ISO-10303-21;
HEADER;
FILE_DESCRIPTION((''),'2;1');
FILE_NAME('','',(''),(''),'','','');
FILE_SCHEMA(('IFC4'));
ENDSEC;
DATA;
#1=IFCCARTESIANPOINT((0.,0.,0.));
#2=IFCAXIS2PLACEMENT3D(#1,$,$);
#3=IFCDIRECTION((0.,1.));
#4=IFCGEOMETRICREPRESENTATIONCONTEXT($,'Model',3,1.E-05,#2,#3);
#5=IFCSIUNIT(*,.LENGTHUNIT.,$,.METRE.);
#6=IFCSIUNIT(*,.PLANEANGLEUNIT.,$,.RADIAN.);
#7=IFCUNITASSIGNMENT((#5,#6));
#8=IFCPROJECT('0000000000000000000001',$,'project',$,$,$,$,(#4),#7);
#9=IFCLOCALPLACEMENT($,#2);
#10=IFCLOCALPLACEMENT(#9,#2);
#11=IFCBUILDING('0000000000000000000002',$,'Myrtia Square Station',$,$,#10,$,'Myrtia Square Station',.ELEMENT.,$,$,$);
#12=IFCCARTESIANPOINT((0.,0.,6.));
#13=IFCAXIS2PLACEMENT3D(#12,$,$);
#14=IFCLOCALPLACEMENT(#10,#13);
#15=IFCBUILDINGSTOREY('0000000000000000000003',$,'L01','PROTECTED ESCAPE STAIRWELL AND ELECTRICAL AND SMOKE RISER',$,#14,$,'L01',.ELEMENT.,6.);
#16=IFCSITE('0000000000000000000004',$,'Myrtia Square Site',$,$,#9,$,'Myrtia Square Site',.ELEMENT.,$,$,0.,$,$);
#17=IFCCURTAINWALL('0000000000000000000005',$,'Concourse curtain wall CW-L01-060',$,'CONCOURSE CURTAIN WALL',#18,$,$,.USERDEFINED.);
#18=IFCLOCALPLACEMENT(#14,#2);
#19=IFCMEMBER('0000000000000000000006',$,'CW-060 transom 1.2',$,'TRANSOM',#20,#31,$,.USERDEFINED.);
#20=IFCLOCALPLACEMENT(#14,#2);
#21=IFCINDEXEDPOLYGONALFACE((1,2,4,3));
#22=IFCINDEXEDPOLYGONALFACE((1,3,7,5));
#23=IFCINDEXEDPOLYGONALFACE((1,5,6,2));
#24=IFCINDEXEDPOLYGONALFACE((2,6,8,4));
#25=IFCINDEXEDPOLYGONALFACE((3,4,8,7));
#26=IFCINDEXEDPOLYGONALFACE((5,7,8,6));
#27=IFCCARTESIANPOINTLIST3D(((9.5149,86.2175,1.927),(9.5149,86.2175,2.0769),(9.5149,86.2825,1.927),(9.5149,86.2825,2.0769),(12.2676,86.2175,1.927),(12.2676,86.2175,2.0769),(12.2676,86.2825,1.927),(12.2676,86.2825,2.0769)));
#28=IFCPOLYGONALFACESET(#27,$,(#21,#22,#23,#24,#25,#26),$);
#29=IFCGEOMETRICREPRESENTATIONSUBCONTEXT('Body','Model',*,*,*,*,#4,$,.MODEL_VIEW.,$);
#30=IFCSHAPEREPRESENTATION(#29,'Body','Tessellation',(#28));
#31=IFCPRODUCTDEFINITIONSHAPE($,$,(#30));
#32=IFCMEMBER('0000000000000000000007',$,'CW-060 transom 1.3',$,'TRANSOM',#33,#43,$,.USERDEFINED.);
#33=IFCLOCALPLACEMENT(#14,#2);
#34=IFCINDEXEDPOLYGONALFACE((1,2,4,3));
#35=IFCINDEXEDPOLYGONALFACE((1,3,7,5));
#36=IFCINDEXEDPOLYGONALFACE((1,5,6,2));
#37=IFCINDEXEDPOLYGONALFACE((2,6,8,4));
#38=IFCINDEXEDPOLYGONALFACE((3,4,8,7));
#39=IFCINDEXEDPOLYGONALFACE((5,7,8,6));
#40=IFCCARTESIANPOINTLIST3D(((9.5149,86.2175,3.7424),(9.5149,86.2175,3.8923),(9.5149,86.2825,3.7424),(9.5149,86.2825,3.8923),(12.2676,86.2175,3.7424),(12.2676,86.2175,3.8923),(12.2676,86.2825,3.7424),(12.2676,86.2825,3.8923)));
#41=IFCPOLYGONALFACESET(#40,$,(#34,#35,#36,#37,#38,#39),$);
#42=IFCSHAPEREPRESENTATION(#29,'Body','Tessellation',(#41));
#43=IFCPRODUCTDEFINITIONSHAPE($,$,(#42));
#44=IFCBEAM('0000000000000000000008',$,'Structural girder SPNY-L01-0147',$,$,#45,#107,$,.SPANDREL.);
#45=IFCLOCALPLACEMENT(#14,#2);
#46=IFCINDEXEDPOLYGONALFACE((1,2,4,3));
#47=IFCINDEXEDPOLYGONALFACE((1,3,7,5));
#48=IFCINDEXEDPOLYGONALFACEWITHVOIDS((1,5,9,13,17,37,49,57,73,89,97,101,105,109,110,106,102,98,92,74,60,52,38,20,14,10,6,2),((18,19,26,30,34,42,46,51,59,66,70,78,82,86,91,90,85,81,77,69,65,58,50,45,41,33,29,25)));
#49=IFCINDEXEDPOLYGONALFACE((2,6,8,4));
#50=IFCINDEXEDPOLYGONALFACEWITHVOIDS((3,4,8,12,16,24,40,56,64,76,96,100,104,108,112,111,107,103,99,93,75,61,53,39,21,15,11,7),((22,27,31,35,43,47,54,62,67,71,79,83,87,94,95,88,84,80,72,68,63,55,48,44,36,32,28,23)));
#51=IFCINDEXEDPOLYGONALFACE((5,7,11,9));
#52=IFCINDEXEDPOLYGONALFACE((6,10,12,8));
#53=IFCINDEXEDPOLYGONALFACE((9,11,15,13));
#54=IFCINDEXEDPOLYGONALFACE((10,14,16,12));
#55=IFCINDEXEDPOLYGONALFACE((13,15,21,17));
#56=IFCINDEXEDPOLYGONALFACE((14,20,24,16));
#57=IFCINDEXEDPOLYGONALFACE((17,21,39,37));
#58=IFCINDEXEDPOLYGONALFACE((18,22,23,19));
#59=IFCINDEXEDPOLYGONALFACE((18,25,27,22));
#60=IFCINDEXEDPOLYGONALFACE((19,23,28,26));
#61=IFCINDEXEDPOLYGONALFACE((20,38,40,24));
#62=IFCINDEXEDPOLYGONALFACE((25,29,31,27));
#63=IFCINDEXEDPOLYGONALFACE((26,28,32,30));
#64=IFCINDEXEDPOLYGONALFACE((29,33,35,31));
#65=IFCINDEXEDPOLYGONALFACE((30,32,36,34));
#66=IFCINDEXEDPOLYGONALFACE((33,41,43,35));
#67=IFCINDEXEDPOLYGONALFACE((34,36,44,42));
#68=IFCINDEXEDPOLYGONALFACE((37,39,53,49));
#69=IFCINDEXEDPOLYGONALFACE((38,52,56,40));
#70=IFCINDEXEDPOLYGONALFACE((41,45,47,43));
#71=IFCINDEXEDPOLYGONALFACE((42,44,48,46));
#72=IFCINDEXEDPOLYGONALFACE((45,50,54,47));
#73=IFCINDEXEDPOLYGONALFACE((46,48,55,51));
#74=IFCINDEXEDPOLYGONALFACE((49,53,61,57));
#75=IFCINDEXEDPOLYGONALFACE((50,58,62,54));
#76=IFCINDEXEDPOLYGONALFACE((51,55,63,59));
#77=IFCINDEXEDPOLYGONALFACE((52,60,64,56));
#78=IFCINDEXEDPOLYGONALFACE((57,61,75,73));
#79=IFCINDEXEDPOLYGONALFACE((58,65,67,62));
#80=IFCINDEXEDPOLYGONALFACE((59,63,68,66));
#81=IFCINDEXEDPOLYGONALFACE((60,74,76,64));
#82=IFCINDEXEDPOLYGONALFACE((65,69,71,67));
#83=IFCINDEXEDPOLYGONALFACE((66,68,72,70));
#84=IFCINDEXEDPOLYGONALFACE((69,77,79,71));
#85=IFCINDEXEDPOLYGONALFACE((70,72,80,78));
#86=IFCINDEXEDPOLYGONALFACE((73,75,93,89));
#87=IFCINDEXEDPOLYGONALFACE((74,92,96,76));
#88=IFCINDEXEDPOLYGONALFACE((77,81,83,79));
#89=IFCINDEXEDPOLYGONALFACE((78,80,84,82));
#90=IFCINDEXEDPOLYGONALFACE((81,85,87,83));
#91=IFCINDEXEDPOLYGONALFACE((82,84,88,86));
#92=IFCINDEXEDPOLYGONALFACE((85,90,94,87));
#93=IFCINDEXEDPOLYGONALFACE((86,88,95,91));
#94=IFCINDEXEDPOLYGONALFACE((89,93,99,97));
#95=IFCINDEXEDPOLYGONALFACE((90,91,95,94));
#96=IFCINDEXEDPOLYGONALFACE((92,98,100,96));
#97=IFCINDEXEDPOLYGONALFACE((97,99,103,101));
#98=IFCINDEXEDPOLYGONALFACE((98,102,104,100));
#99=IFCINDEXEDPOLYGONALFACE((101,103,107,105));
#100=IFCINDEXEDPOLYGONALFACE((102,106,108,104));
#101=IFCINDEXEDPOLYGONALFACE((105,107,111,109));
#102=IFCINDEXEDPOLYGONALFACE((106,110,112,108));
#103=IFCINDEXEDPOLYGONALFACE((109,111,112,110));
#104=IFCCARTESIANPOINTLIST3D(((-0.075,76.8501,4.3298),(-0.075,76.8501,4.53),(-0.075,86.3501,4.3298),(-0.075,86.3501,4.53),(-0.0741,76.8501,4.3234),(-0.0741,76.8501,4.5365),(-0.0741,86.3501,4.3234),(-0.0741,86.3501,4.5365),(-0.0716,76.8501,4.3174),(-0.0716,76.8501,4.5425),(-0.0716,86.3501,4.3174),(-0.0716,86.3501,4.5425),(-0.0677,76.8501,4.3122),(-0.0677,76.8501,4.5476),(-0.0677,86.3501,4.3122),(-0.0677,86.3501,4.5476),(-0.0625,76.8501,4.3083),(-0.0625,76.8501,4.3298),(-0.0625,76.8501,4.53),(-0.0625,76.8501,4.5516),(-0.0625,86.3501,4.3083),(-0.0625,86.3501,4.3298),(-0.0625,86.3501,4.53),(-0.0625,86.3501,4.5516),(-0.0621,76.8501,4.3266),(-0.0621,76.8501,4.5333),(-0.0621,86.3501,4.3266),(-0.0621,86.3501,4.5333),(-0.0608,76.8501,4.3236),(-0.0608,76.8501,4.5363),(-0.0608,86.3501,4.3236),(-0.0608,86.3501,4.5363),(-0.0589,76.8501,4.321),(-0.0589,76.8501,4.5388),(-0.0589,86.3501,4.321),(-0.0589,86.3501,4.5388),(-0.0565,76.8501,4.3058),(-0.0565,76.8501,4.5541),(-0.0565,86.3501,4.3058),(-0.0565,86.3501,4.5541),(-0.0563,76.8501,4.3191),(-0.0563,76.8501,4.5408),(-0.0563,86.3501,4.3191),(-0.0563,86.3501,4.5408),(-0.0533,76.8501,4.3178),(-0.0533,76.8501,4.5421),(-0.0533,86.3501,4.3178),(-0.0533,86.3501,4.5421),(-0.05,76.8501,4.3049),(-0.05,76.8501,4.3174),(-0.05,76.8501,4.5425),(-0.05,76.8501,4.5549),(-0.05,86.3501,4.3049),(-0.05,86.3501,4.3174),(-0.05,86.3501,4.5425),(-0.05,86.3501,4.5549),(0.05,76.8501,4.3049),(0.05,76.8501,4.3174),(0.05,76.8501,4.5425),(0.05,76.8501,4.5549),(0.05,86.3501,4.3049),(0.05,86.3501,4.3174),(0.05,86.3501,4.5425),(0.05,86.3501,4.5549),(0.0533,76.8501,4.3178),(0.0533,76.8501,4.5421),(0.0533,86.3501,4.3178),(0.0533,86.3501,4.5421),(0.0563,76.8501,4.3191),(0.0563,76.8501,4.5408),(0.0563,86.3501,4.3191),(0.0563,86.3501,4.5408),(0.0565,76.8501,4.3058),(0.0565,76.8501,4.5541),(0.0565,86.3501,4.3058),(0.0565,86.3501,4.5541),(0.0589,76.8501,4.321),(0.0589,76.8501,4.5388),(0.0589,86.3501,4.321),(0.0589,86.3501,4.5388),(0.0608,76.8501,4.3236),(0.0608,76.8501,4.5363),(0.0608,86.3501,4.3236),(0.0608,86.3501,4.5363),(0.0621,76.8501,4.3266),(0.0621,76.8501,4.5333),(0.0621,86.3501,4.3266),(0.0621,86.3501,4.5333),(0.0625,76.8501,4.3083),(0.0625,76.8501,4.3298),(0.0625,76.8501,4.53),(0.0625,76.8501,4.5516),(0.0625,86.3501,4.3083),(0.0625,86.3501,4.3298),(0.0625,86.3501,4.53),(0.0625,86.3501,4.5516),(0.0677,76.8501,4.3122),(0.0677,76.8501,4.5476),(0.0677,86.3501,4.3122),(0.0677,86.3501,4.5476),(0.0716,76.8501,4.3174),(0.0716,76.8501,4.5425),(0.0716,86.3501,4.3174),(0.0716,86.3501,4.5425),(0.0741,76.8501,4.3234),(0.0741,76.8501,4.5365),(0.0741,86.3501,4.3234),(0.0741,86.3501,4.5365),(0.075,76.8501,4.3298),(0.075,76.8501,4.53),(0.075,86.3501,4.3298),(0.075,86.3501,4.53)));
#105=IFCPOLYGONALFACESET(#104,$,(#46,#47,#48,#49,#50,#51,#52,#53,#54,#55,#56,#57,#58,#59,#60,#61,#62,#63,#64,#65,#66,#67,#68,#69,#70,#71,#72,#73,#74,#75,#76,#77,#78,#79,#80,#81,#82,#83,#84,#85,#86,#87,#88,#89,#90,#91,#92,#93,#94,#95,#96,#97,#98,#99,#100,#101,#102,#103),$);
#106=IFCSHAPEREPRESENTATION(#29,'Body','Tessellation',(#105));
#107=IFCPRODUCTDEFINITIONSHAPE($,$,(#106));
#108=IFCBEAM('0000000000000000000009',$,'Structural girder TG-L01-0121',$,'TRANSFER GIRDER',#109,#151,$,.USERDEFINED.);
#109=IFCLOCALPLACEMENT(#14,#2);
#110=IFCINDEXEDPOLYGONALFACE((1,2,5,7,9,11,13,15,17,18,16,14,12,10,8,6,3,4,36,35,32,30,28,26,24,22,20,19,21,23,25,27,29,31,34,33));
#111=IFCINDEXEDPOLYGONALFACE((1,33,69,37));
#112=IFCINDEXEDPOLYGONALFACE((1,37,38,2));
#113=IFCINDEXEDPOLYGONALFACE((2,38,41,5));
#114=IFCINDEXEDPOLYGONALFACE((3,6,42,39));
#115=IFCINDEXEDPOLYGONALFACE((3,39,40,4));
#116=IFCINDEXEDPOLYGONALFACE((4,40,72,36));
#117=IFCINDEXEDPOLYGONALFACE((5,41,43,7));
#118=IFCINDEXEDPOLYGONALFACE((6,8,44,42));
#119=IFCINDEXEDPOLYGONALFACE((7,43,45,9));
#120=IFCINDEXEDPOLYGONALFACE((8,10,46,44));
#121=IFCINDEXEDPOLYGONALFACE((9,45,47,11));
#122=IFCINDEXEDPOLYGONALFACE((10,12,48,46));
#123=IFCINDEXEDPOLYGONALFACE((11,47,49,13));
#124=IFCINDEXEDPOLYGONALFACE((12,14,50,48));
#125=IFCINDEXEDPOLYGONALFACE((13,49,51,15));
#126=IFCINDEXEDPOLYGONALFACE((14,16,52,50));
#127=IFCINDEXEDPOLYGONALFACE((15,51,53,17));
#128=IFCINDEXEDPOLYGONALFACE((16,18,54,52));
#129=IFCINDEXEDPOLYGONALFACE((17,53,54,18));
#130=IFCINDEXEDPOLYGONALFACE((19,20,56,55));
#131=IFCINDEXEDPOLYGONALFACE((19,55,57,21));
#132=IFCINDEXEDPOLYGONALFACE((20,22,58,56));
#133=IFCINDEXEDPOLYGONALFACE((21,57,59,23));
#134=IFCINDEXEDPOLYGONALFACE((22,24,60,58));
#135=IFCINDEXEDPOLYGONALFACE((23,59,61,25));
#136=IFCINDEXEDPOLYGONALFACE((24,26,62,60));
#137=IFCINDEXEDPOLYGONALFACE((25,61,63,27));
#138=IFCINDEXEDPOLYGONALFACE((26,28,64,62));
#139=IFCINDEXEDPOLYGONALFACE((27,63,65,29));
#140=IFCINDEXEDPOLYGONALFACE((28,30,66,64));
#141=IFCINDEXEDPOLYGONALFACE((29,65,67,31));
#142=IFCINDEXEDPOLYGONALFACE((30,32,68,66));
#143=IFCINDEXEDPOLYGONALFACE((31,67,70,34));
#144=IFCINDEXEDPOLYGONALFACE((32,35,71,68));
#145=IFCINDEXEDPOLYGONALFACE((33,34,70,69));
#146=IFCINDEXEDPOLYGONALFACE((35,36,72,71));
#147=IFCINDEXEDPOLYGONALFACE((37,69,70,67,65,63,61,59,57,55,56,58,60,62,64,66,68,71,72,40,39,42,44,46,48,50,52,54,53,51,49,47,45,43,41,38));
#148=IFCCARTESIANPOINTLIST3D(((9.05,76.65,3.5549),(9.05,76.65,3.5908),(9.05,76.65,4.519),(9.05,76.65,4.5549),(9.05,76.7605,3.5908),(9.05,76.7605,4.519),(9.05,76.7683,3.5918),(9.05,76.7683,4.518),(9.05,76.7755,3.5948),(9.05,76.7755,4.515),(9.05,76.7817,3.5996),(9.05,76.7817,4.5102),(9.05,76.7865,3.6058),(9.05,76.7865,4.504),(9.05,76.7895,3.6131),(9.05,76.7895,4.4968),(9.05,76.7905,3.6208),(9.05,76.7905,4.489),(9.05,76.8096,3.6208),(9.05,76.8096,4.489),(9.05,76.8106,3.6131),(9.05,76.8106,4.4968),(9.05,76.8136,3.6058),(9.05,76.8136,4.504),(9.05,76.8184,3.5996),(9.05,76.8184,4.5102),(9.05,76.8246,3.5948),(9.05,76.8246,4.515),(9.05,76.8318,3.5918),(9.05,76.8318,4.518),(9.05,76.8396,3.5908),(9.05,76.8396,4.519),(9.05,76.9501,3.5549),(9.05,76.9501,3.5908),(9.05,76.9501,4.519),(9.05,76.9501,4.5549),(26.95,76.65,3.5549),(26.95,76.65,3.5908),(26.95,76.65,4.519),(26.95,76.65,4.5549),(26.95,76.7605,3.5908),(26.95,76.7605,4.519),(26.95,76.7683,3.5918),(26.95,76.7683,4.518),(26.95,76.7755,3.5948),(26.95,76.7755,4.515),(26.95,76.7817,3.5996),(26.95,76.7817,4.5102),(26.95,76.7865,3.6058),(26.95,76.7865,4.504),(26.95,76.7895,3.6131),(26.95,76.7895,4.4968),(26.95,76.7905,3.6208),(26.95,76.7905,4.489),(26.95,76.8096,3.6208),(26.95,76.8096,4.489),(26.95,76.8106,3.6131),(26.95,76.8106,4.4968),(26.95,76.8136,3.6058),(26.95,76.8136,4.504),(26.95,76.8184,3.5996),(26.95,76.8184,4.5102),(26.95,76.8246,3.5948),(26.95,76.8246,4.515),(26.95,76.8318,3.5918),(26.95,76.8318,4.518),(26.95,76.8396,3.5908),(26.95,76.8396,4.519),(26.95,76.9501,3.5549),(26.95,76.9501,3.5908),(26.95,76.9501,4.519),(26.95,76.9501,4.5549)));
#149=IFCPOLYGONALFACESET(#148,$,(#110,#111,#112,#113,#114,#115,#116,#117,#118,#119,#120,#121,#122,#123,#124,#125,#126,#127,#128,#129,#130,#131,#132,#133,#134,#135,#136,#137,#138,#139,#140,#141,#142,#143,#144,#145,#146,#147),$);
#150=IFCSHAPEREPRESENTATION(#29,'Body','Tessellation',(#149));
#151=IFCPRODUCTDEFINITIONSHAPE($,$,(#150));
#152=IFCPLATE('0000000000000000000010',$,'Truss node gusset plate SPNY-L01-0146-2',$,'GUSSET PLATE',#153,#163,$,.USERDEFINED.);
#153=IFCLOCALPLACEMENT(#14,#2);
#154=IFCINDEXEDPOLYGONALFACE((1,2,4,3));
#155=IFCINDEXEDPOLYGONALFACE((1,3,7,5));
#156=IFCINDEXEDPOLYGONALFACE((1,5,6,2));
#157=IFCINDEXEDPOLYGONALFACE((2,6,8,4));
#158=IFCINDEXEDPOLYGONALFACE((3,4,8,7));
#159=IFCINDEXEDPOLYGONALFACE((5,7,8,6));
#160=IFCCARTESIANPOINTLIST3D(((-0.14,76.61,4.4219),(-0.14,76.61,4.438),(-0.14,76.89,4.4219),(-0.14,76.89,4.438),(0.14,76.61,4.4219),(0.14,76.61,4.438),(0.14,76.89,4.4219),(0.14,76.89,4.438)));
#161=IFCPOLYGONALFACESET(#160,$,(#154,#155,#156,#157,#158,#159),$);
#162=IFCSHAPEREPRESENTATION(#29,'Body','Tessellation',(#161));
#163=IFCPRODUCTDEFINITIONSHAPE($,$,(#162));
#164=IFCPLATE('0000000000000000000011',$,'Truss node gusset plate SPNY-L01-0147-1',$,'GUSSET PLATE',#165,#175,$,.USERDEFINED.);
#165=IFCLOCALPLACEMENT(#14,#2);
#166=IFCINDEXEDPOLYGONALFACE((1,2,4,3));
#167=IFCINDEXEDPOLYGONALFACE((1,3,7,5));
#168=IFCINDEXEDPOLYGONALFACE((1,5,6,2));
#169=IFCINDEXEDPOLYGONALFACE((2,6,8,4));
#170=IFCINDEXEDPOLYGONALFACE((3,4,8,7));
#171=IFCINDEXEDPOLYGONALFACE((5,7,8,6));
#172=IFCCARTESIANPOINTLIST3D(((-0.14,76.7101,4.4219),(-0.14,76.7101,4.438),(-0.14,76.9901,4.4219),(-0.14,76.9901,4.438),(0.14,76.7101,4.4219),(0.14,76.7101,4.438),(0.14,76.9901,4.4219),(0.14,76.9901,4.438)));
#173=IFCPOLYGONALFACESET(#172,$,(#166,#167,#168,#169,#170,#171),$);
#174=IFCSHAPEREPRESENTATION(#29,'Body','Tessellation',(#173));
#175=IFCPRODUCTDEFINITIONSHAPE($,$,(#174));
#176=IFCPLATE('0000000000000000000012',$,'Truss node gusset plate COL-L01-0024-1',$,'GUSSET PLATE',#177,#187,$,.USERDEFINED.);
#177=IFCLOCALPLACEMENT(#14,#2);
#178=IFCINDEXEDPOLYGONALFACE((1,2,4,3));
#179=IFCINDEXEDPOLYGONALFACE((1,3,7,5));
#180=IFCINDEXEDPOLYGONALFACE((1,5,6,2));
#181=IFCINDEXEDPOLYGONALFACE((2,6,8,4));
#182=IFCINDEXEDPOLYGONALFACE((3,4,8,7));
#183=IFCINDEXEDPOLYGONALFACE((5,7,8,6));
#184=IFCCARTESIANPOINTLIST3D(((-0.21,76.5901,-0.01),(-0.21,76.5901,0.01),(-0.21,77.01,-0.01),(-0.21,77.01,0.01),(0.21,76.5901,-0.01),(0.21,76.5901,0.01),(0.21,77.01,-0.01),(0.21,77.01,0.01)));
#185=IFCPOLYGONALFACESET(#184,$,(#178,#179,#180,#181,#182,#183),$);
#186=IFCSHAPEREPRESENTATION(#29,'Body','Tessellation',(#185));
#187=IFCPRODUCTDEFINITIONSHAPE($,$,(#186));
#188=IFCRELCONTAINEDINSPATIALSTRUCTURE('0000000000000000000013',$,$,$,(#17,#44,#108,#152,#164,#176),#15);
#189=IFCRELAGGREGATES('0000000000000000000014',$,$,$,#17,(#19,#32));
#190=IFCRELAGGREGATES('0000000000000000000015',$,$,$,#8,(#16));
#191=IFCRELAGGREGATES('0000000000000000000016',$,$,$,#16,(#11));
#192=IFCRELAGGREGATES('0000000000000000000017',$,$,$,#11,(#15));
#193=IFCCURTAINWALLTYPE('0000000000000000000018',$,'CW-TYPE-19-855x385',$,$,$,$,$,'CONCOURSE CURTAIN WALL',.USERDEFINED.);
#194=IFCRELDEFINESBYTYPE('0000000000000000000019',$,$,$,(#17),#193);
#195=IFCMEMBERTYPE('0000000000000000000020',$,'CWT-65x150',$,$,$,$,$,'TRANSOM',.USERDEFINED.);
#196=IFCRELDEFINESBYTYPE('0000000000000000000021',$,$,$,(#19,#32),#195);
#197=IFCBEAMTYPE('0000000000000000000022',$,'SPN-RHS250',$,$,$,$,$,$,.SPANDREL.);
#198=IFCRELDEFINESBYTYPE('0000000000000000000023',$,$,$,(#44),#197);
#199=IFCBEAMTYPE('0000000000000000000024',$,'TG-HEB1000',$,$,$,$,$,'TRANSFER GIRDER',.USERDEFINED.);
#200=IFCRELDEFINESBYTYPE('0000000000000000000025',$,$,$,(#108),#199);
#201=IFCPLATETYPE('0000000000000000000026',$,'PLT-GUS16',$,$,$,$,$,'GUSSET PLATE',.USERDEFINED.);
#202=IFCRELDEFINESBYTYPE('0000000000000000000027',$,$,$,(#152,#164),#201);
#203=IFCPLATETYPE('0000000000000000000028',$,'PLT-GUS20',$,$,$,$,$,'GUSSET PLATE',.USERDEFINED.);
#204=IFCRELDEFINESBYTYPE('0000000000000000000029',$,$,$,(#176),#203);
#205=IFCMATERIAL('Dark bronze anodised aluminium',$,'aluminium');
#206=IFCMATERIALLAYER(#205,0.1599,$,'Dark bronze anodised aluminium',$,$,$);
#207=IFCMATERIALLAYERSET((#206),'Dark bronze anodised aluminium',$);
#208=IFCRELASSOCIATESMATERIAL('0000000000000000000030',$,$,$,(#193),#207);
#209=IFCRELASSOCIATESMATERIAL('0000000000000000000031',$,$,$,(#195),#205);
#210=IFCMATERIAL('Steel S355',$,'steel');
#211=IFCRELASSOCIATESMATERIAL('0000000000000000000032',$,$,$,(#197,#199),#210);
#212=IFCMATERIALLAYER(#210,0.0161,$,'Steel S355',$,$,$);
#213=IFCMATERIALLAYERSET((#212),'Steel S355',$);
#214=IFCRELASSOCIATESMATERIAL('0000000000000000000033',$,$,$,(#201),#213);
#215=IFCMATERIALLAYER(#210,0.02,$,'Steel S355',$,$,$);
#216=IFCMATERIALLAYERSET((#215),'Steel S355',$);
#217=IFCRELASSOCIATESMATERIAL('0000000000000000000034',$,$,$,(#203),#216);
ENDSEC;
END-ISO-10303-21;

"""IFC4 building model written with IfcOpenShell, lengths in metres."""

from ifc_helpers import new_model, si_unit, direction, frame, origin, origin_2d, place, context, subcontext, project, spatial, rectangle, hollow_rectangle, i_section, extrude, material, layer, layer_set, material_profile, profile_set, type_object, element, aggregate, save


model = new_model("IFC4")

# Units and contexts
model_context = context("Model", 3, precision=1e-05, world=origin(), true_north=direction((0.0, 1.0)))
body_context = subcontext(model_context, "Body", "Model", "MODEL_VIEW")
ifc_project = project(units=[si_unit("LENGTHUNIT", "METRE"), si_unit("PLANEANGLEUNIT", "RADIAN")], contexts=[model_context])

# Site, building, storey
site_placement = place(None, origin())
site = spatial("IfcSite", under=ifc_project, at=site_placement, Name="Myrtia Square Site", LongName="Myrtia Square Site", CompositionType="ELEMENT", RefElevation=0.0)
building_placement = place(site_placement, origin())
building = spatial("IfcBuilding", under=site, at=building_placement, Name="Myrtia Square Station", LongName="Myrtia Square Station", CompositionType="ELEMENT")
storey_placement = place(building_placement, frame((0.0, 0.0, 6.0)))
storey = spatial("IfcBuildingStorey", under=building, at=storey_placement, Name="L01", Description="PROTECTED ESCAPE STAIRWELL AND ELECTRICAL AND SMOKE RISER", LongName="L01", CompositionType="ELEMENT", Elevation=6.0)

# Shared definitions
ifc_material_1 = material(Name="Steel S355", Category="steel")

# Curtain wall, members
ifc_material_2 = material(Name="Dark bronze anodised aluminium", Category="aluminium")
ifc_layer_1 = layer(ifc_material_2, 0.1599, Name="Dark bronze anodised aluminium")
ifc_layer_set_1 = layer_set([ifc_layer_1], Name="Dark bronze anodised aluminium")
curtain_wall_type = type_object("IfcCurtainWallType", Name="CW-TYPE-19-855x385", ElementType="CONCOURSE CURTAIN WALL", PredefinedType="USERDEFINED", material=ifc_layer_set_1)
curtain_wall_placement = place(storey_placement, origin())
curtain_wall = element("IfcCurtainWall", 1, at=curtain_wall_placement, inside=storey, type_object=curtain_wall_type, Name="Concourse curtain wall CW-L01-060", ObjectType="CONCOURSE CURTAIN WALL", PredefinedType="USERDEFINED")
ifc_material_profile_1 = material_profile(ifc_material_2, rectangle(XDim=0.0649, YDim=0.1499, at=origin_2d()), Name="ALU-T 65x150")
ifc_profile_set_1 = profile_set([ifc_material_profile_1], Name="Dark bronze anodised aluminium")
member_type_1 = type_object("IfcMemberType", Name="CWT-65x150", ElementType="TRANSOM", PredefinedType="USERDEFINED", material=ifc_profile_set_1)
member_1_placement = place(storey_placement, frame((9.5149, 86.25, 2.002), z_axis=(1.0, 0.0, 0.0), x_axis=(0.0, 1.0, 0.0)))
member_1 = element("IfcMember", 2, at=member_1_placement, type_object=member_type_1, Name="CW-060 transom 1.2", ObjectType="TRANSOM", PredefinedType="USERDEFINED", context=body_context, shape_type="SweptSolid", body=[
    extrude(rectangle(XDim=0.0649, YDim=0.1499, at=origin_2d()), origin(), (0.0, 0.0, 1.0), 2.7527),
])
member_2_placement = place(storey_placement, frame((9.5149, 86.25, 3.8174), z_axis=(1.0, 0.0, 0.0), x_axis=(0.0, 1.0, 0.0)))
member_2 = element("IfcMember", 3, at=member_2_placement, type_object=member_type_1, Name="CW-060 transom 1.3", ObjectType="TRANSOM", PredefinedType="USERDEFINED", context=body_context, shape_type="SweptSolid", body=[
    extrude(rectangle(XDim=0.0649, YDim=0.1499, at=origin_2d()), origin(), (0.0, 0.0, 1.0), 2.7527),
])
aggregate(curtain_wall, [member_1, member_2])

# Beams
ifc_material_profile_2 = material_profile(ifc_material_1, hollow_rectangle(XDim=0.1499, YDim=0.25, WallThickness=0.0125, InnerFilletRadius=0.0125, OuterFilletRadius=0.0249, at=origin_2d()), Name="RHS 250x150x12.5")
ifc_profile_set_2 = profile_set([ifc_material_profile_2], Name="Steel S355")
beam_type_1 = type_object("IfcBeamType", Name="SPN-RHS250", PredefinedType="SPANDREL", material=ifc_profile_set_2)
beam_1_placement = place(storey_placement, frame((0.0, 76.8501, 4.4299), z_axis=(0.0, 1.0, 0.0), x_axis=(-1.0, 0.0, 0.0)))
element("IfcBeam", 4, at=beam_1_placement, inside=storey, type_object=beam_type_1, Name="Structural girder SPNY-L01-0147", PredefinedType="SPANDREL", context=body_context, shape_type="SweptSolid", body=[
    extrude(hollow_rectangle(XDim=0.1499, YDim=0.25, WallThickness=0.0125, InnerFilletRadius=0.0125, OuterFilletRadius=0.0249, at=origin_2d()), origin(), (0.0, 0.0, 1.0), 9.5),
])
ifc_material_profile_3 = material_profile(ifc_material_1, i_section(OverallWidth=0.3, OverallDepth=1.0, WebThickness=0.019, FlangeThickness=0.0359, FilletRadius=0.03, at=origin_2d()), Name="HEB 1000")
ifc_profile_set_3 = profile_set([ifc_material_profile_3], Name="Steel S355")
beam_type_2 = type_object("IfcBeamType", Name="TG-HEB1000", ElementType="TRANSFER GIRDER", PredefinedType="USERDEFINED", material=ifc_profile_set_3)
beam_2_placement = place(storey_placement, frame((9.05, 76.8, 4.0549), z_axis=(1.0, 0.0, 0.0), x_axis=(0.0, 1.0, 0.0)))
element("IfcBeam", 5, at=beam_2_placement, inside=storey, type_object=beam_type_2, Name="Structural girder TG-L01-0121", ObjectType="TRANSFER GIRDER", PredefinedType="USERDEFINED", context=body_context, shape_type="SweptSolid", body=[
    extrude(i_section(OverallWidth=0.3, OverallDepth=1.0, WebThickness=0.019, FlangeThickness=0.0359, FilletRadius=0.03, at=origin_2d()), origin(), (0.0, 0.0, 1.0), 17.8999),
])

# Plates
ifc_layer_2 = layer(ifc_material_1, 0.0161, Name="Steel S355")
ifc_layer_set_2 = layer_set([ifc_layer_2], Name="Steel S355")
plate_type_1 = type_object("IfcPlateType", Name="PLT-GUS16", ElementType="GUSSET PLATE", PredefinedType="USERDEFINED", material=ifc_layer_set_2)
for number, where, z_axis, x_axis, name in (
    (6, (0.0, 76.75, 4.4219), (0.0, 0.0, 1.0), (0.0, 1.0, 0.0), "Truss node gusset plate SPNY-L01-0146-2"),
    (7, (0.0, 76.8501, 4.4219), (0.0, 0.0, 1.0), (0.0, 1.0, 0.0), "Truss node gusset plate SPNY-L01-0147-1"),
):
    element("IfcPlate", number, at=place(storey_placement, frame(where, z_axis=z_axis, x_axis=x_axis)), inside=storey, type_object=plate_type_1, Name=name, ObjectType="GUSSET PLATE", PredefinedType="USERDEFINED", context=body_context, shape_type="SweptSolid", body=[
        extrude(rectangle(XDim=0.28, YDim=0.28, at=origin_2d()), origin(), (0.0, 0.0, 1.0), 0.0161),
    ])
ifc_layer_3 = layer(ifc_material_1, 0.02, Name="Steel S355")
ifc_layer_set_3 = layer_set([ifc_layer_3], Name="Steel S355")
plate_type_2 = type_object("IfcPlateType", Name="PLT-GUS20", ElementType="GUSSET PLATE", PredefinedType="USERDEFINED", material=ifc_layer_set_3)
for number, where, z_axis, x_axis, name in (
    (8, (0.0, 76.8, -0.01), (0.0, 0.0, 1.0), (1.0, 0.0, 0.0), "Truss node gusset plate COL-L01-0024-1"),
):
    element("IfcPlate", number, at=place(storey_placement, frame(where, z_axis=z_axis, x_axis=x_axis)), inside=storey, type_object=plate_type_2, Name=name, ObjectType="GUSSET PLATE", PredefinedType="USERDEFINED", context=body_context, shape_type="SweptSolid", body=[
        extrude(rectangle(XDim=0.4199, YDim=0.4199, at=origin_2d()), origin(), (0.0, 0.0, 1.0), 0.02),
    ])

save(model, "model.ifc")
